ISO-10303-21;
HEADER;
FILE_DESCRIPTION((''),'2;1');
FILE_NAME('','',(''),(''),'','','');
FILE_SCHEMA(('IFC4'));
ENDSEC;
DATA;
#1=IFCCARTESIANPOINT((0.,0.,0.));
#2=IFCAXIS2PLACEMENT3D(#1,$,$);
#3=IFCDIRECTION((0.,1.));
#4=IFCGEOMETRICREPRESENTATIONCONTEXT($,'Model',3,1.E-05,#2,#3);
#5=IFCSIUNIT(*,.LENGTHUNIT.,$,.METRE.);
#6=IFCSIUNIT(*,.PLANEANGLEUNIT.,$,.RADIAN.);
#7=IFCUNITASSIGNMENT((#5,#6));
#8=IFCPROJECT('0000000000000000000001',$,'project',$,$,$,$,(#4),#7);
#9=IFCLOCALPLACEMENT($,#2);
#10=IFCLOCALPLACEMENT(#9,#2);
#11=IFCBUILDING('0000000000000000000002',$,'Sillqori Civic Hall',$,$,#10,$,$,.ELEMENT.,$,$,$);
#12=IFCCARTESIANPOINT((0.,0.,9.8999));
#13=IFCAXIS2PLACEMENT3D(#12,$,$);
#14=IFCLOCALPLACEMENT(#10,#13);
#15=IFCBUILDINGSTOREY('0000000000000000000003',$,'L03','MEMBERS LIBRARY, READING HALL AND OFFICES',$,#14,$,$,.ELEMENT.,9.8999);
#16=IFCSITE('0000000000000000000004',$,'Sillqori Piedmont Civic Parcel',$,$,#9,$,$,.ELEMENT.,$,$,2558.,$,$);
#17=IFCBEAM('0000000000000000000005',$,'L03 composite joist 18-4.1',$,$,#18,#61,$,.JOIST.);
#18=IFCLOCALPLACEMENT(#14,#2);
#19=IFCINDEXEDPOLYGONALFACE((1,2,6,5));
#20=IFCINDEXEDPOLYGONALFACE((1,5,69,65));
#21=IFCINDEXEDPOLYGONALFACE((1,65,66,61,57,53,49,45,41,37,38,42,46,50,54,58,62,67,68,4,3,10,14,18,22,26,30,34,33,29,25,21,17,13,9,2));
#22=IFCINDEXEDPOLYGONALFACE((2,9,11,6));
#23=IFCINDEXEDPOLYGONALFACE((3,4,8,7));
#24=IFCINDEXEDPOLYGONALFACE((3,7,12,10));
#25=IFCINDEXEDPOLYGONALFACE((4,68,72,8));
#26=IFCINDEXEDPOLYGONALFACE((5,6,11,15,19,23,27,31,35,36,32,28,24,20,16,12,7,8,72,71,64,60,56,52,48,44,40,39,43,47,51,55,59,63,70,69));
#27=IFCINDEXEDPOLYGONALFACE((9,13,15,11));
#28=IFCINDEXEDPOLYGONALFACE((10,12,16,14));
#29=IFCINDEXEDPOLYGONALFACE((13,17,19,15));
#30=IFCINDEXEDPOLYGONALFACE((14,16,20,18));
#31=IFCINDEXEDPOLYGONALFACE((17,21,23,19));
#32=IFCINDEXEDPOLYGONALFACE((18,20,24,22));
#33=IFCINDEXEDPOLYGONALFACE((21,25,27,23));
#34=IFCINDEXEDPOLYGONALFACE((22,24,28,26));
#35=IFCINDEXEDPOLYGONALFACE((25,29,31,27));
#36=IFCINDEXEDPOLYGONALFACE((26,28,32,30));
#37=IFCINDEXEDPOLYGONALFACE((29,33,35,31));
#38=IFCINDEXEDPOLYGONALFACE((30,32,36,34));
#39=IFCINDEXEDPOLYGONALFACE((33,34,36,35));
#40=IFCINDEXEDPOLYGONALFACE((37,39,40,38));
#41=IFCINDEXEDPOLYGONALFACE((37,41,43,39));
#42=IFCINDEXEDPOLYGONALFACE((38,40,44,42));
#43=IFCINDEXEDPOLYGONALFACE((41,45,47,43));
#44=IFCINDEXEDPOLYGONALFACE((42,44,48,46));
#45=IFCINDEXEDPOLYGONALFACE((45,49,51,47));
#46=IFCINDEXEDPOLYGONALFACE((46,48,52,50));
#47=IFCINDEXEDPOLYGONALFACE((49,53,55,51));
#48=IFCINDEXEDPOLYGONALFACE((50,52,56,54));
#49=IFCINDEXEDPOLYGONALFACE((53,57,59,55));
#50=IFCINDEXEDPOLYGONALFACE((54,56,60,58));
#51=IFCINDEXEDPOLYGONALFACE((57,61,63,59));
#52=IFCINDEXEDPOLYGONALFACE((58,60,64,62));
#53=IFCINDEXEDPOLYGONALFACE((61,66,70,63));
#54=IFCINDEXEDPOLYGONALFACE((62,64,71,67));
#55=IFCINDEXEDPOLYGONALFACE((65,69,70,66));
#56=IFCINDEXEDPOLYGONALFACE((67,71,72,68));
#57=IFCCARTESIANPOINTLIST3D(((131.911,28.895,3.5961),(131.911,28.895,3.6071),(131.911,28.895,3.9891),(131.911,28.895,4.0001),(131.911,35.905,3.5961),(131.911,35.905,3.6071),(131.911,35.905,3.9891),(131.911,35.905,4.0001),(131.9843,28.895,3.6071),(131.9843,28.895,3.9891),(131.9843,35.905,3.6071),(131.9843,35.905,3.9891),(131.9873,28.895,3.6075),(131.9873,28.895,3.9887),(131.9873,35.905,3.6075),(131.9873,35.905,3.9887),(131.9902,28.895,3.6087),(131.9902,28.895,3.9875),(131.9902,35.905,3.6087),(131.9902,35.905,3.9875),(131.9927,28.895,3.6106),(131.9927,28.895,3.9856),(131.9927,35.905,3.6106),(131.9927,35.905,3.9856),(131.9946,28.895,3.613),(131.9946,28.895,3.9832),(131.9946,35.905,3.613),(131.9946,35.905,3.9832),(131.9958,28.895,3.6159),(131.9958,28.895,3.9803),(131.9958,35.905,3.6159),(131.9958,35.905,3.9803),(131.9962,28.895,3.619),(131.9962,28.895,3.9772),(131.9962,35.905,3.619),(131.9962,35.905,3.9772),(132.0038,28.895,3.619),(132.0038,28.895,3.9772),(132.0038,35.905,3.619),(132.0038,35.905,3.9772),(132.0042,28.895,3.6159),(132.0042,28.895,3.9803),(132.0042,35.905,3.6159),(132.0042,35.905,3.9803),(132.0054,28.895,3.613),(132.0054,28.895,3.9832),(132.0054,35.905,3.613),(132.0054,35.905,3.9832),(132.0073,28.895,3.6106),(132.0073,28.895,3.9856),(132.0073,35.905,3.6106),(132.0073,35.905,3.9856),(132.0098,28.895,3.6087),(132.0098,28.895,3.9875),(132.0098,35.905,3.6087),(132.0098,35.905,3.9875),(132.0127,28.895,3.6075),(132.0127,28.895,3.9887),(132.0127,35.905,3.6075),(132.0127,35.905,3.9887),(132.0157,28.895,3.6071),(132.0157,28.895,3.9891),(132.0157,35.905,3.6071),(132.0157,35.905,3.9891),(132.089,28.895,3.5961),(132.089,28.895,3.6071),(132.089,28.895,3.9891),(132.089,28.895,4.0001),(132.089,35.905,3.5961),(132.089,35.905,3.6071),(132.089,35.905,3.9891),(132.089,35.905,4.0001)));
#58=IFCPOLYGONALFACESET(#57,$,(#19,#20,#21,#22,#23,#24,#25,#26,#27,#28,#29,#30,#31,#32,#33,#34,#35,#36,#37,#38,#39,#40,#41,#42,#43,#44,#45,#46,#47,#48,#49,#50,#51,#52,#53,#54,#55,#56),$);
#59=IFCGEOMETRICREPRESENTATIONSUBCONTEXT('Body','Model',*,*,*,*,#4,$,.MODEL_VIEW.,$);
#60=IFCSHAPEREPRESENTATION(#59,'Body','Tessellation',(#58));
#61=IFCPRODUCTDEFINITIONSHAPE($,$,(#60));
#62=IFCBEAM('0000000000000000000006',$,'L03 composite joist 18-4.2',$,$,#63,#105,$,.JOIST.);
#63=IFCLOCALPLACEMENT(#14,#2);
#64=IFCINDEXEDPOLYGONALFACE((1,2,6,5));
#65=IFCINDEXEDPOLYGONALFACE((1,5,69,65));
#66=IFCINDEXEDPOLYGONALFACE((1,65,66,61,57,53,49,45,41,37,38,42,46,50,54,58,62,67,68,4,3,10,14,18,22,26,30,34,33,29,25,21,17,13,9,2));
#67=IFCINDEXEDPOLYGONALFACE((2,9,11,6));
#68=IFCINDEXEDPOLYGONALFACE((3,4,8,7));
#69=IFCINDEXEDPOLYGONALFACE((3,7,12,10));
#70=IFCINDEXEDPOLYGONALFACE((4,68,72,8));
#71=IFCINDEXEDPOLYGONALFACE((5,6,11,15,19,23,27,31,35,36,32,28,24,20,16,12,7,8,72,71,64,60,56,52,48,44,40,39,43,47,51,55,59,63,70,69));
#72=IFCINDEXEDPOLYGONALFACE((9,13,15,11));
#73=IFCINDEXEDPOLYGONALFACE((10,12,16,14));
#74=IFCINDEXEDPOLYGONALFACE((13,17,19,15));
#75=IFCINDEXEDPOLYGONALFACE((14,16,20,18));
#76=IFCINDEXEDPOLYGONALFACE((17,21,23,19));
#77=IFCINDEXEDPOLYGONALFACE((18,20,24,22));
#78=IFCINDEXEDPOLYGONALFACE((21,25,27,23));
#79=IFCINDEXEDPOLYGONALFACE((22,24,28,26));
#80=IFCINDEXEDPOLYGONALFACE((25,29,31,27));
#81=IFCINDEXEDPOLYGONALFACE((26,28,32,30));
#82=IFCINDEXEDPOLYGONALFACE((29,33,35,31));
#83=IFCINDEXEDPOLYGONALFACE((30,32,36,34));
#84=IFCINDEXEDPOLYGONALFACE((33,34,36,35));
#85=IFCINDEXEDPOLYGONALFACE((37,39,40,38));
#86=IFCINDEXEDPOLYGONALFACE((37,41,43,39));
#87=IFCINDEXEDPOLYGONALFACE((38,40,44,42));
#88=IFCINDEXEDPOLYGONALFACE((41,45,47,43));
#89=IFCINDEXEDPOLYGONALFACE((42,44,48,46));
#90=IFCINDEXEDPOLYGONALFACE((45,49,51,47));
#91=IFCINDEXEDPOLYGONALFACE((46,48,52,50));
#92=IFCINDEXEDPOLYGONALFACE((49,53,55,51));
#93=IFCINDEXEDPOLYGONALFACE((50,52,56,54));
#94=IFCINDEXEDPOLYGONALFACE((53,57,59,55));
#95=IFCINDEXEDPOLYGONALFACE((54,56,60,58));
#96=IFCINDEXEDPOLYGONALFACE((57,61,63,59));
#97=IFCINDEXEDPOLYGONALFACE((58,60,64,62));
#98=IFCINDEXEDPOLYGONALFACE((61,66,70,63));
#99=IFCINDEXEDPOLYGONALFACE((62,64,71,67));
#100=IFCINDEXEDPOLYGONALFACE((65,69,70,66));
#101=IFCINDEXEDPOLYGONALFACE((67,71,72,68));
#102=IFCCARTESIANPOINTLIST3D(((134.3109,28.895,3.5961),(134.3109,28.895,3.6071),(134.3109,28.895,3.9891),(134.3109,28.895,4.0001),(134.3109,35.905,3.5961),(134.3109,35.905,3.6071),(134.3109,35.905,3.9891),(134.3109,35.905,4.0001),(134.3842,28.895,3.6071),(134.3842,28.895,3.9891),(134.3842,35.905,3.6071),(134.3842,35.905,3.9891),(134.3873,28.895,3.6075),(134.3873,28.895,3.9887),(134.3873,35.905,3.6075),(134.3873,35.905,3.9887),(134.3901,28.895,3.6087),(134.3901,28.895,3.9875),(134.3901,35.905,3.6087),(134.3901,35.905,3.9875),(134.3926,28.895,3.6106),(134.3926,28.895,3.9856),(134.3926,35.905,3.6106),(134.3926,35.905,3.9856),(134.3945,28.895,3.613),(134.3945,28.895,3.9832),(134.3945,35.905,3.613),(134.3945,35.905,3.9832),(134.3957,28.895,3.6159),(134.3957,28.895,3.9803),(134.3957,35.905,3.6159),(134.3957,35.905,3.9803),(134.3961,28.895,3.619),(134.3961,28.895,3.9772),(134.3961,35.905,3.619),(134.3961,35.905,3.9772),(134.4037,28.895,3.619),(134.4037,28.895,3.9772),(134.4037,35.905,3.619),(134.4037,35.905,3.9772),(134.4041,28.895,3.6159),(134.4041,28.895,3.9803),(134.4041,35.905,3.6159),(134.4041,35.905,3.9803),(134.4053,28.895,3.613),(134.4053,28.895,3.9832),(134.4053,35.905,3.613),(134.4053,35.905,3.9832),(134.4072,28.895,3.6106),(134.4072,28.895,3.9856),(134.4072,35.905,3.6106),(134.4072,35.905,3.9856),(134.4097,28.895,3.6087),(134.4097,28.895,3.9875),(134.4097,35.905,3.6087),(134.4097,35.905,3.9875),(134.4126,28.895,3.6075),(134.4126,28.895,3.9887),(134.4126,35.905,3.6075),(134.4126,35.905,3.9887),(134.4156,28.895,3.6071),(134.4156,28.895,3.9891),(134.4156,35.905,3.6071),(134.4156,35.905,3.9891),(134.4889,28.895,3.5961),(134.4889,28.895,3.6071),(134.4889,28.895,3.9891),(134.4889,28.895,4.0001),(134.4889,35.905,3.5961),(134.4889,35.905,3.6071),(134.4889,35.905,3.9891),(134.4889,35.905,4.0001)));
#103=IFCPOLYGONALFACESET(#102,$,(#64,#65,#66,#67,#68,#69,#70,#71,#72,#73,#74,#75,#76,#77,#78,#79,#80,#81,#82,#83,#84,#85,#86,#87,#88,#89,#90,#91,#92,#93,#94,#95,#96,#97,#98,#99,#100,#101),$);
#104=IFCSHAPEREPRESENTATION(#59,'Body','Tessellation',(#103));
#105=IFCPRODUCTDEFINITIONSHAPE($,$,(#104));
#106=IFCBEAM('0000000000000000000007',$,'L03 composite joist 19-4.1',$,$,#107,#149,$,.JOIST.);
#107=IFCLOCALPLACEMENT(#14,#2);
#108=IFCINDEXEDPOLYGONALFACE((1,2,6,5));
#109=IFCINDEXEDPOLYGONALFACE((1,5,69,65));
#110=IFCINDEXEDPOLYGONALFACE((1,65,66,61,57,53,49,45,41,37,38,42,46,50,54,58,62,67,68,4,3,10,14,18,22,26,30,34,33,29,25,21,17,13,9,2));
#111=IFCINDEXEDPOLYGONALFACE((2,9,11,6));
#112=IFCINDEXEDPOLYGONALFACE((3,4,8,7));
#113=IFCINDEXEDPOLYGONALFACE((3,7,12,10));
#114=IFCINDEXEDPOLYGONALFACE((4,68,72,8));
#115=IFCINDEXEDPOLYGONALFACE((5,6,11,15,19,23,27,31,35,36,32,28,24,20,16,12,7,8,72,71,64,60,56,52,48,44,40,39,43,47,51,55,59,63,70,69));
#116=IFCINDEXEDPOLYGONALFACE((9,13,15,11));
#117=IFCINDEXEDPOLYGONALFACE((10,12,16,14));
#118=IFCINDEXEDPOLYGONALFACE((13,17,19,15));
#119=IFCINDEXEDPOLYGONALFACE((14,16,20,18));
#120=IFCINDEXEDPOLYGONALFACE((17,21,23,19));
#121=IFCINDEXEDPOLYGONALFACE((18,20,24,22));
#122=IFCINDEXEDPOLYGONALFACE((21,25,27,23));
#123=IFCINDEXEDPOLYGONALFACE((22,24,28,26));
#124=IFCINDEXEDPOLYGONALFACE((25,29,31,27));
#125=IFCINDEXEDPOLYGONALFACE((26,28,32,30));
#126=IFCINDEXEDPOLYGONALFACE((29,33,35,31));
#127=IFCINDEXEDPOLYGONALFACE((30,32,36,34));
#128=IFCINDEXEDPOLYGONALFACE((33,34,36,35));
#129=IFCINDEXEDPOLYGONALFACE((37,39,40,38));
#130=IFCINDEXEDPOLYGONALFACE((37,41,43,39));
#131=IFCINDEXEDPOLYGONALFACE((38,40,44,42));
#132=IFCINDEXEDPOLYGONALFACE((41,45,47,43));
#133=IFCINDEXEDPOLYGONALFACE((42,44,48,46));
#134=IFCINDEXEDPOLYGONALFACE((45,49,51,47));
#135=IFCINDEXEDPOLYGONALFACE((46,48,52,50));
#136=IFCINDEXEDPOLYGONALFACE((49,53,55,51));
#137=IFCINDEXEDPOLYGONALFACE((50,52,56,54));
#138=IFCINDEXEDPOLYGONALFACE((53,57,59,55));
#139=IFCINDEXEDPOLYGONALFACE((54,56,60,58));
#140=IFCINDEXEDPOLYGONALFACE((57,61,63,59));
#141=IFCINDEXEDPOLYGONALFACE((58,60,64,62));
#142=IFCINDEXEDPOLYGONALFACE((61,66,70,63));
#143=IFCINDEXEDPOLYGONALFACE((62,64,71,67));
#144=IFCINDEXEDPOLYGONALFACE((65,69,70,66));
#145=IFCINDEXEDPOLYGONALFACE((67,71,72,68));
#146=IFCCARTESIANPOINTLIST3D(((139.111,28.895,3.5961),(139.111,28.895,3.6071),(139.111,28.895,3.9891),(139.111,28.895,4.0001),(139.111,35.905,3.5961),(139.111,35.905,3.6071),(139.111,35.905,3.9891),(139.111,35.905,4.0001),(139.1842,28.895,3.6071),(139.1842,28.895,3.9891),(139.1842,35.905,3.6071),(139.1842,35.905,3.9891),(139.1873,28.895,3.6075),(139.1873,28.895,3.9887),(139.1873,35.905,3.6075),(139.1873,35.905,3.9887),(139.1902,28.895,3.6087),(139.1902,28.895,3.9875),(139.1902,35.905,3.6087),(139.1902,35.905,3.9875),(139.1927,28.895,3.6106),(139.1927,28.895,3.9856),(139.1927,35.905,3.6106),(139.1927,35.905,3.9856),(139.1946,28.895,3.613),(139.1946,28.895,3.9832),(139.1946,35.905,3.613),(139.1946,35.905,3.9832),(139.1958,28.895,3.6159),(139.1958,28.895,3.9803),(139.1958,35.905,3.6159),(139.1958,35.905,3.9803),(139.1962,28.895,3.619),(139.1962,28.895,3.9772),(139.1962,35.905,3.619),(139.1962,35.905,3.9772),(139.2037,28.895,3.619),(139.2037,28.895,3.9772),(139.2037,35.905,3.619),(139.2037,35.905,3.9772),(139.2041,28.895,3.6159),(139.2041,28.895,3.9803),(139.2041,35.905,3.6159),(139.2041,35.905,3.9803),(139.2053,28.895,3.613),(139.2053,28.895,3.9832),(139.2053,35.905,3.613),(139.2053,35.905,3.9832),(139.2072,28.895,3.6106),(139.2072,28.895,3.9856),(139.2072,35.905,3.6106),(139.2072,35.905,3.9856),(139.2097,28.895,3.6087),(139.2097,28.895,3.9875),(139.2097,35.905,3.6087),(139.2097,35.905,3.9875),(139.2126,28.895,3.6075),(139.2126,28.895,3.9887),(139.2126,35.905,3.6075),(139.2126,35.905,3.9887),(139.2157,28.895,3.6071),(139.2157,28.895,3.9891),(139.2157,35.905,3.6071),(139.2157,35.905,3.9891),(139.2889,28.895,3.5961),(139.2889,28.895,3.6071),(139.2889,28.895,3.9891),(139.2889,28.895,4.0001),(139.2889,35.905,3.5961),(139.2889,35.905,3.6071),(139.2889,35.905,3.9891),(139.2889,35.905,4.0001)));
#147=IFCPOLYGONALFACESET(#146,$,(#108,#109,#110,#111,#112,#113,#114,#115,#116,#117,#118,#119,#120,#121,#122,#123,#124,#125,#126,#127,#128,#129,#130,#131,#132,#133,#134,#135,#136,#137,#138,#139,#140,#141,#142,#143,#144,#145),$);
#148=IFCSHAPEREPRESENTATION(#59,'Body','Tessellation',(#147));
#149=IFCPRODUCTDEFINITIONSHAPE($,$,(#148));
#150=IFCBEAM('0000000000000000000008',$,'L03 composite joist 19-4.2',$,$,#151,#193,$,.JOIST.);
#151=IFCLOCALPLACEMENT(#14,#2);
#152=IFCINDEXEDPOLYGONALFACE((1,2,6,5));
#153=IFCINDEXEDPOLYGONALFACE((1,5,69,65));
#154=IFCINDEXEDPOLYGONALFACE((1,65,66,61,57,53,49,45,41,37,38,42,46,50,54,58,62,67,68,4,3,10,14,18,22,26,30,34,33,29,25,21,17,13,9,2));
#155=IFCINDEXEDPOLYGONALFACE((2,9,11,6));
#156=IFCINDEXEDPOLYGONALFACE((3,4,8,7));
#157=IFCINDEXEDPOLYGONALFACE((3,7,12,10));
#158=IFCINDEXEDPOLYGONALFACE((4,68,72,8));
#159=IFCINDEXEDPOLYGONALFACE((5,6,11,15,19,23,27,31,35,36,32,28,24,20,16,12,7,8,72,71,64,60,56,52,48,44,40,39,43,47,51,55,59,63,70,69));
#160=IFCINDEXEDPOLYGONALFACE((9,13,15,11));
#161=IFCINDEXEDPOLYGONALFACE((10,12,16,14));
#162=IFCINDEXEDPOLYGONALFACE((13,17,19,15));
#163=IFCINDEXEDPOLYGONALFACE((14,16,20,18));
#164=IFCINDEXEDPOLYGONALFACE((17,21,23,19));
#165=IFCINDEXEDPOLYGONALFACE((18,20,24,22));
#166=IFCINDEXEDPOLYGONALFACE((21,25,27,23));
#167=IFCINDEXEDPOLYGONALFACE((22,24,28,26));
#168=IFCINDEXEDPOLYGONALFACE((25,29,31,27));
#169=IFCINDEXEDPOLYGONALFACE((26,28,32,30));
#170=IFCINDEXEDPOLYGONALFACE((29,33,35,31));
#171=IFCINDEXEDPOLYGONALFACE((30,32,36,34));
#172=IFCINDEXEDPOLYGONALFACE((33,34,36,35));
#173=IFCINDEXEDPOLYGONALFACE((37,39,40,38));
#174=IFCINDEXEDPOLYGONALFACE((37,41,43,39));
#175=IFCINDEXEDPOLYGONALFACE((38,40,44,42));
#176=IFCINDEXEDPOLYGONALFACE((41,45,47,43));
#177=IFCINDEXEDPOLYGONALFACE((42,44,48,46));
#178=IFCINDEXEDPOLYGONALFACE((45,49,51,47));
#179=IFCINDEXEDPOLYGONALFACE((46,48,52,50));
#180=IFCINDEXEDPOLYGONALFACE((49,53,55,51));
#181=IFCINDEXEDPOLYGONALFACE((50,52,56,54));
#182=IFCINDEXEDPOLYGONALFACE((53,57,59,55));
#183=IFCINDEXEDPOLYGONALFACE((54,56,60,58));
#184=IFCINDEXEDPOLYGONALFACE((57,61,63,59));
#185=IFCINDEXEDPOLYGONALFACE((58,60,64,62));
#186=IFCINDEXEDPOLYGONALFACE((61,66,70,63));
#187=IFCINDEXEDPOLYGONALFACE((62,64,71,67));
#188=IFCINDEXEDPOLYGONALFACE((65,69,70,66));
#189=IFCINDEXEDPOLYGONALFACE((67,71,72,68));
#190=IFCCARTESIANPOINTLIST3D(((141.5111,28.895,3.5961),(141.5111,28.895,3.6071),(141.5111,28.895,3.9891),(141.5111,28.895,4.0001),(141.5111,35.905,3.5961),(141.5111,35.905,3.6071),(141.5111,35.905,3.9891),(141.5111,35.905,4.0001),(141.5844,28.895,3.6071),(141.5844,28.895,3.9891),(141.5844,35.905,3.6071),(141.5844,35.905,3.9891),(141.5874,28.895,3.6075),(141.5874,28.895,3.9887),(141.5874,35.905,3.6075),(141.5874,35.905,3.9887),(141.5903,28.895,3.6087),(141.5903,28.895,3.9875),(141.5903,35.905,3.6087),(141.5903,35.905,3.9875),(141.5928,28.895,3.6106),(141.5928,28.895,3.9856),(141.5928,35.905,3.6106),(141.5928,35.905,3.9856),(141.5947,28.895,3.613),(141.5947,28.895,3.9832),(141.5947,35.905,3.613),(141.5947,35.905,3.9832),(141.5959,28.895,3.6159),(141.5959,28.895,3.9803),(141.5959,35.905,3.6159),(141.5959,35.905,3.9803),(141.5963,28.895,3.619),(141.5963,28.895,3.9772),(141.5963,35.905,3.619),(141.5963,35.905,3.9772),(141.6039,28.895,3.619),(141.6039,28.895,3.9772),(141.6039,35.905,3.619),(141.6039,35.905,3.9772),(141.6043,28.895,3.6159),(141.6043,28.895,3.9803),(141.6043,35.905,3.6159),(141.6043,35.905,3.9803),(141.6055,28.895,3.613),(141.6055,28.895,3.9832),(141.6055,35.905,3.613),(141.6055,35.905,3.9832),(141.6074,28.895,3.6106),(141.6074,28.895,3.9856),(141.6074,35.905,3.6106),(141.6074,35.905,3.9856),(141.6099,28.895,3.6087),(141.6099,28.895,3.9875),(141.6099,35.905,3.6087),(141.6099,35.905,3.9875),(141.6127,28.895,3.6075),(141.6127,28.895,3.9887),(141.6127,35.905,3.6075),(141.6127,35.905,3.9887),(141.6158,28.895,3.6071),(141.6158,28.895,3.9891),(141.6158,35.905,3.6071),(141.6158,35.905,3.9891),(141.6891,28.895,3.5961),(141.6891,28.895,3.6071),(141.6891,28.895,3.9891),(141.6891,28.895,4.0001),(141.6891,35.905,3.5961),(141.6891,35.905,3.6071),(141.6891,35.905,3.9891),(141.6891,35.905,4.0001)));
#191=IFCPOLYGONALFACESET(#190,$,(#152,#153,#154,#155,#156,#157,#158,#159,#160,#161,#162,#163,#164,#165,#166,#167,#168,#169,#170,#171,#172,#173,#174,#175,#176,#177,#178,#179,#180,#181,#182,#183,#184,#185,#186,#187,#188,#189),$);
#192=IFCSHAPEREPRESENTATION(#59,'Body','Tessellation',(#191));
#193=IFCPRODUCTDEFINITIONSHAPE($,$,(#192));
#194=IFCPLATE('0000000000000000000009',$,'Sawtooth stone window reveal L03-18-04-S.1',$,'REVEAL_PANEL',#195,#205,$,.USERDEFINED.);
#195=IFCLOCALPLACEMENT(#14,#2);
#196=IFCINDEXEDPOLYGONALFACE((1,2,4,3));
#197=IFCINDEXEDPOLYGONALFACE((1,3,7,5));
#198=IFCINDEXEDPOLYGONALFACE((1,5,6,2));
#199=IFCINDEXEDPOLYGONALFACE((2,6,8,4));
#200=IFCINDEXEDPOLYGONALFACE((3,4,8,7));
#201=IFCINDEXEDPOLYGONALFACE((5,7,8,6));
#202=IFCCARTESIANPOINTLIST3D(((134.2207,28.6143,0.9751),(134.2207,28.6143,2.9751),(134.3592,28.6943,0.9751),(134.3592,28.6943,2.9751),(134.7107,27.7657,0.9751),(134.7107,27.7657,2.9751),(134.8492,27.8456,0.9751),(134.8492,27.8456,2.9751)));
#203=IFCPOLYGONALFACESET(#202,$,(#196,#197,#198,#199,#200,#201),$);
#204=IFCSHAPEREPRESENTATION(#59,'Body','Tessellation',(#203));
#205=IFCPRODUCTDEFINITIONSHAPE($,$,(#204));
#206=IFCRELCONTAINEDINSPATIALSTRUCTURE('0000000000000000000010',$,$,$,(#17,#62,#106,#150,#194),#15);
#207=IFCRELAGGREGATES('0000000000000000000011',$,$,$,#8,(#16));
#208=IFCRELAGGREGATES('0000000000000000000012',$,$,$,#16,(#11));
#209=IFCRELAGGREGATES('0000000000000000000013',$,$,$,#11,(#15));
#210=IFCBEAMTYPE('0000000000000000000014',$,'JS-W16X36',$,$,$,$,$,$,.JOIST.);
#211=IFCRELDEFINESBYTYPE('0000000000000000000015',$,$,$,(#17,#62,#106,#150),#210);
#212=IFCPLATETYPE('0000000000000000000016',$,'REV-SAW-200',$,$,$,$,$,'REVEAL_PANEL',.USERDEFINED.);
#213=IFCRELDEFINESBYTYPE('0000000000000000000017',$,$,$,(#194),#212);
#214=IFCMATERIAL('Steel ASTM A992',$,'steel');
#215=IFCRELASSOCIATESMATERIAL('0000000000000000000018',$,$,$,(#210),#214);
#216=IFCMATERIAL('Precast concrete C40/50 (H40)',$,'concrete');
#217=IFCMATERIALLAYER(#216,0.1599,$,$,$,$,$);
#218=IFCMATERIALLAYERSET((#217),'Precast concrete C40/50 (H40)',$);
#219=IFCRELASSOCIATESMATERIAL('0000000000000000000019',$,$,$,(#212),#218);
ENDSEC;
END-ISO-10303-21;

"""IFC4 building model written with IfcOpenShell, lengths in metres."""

from ifc_helpers import new_model, si_unit, direction, frame, origin, origin_2d, place, context, subcontext, project, spatial, rectangle, i_section, extrude, material, layer, layer_set, material_profile, profile_set, type_object, element, save


model = new_model("IFC4")

# Units and contexts
model_context = context("Model", 3, precision=1e-05, world=origin(), true_north=direction((0.0, 1.0)))
body_context = subcontext(model_context, "Body", "Model", "MODEL_VIEW")
ifc_project = project(units=[si_unit("LENGTHUNIT", "METRE"), si_unit("PLANEANGLEUNIT", "RADIAN")], contexts=[model_context])

# Site, building, storey
site_placement = place(None, origin())
site = spatial("IfcSite", under=ifc_project, at=site_placement, Name="Sillqori Piedmont Civic Parcel", CompositionType="ELEMENT", RefElevation=2558.0)
building_placement = place(site_placement, origin())
building = spatial("IfcBuilding", under=site, at=building_placement, Name="Sillqori Civic Hall", CompositionType="ELEMENT")
storey_placement = place(building_placement, frame((0.0, 0.0, 9.8999)))
storey = spatial("IfcBuildingStorey", under=building, at=storey_placement, Name="L03", Description="MEMBERS LIBRARY, READING HALL AND OFFICES", CompositionType="ELEMENT", Elevation=9.8999)

# Shared definitions
ifc_material_1 = material(Name="Steel ASTM A992", Category="steel")

# Beams
ifc_material_profile_1 = material_profile(ifc_material_1, i_section(OverallWidth=0.178, OverallDepth=0.4041, WebThickness=0.0076, FlangeThickness=0.011, FilletRadius=0.012, at=origin_2d()), Name="W16X36")
ifc_profile_set_1 = profile_set([ifc_material_profile_1], Name="Steel ASTM A992")
beam_type_1 = type_object("IfcBeamType", Name="JS-W16X36", PredefinedType="JOIST", material=ifc_profile_set_1)
for number, where, z_axis, x_axis, name in (
    (1, (132.0, 28.895, 3.7981), (0.0, 1.0, 0.0), (-1.0, 0.0, 0.0), "L03 composite joist 18-4.1"),
    (2, (134.3999, 28.895, 3.7981), (0.0, 1.0, 0.0), (-1.0, 0.0, 0.0), "L03 composite joist 18-4.2"),
    (3, (139.2, 28.895, 3.7981), (0.0, 1.0, 0.0), (-1.0, 0.0, 0.0), "L03 composite joist 19-4.1"),
    (4, (141.6001, 28.895, 3.7981), (0.0, 1.0, 0.0), (-1.0, 0.0, 0.0), "L03 composite joist 19-4.2"),
):
    element("IfcBeam", number, at=place(storey_placement, frame(where, z_axis=z_axis, x_axis=x_axis)), inside=storey, type_object=beam_type_1, Name=name, PredefinedType="JOIST", context=body_context, shape_type="SweptSolid", body=[
        extrude(i_section(OverallWidth=0.178, OverallDepth=0.4041, WebThickness=0.0076, FlangeThickness=0.011, FilletRadius=0.012, at=origin_2d()), origin(), (0.0, 0.0, 1.0), 7.01),
    ])

# Plate
ifc_material_2 = material(Name="Precast concrete C40/50 (H40)", Category="concrete")
ifc_layer_1 = layer(ifc_material_2, 0.1599)
ifc_layer_set_1 = layer_set([ifc_layer_1], Name="Precast concrete C40/50 (H40)")
plate_type = type_object("IfcPlateType", Name="REV-SAW-200", ElementType="REVEAL_PANEL", PredefinedType="USERDEFINED", material=ifc_layer_set_1)
plate_placement = place(storey_placement, frame((134.5349, 28.23, 0.9751), z_axis=(0.0, 0.0, 1.0), x_axis=(-0.866025, -0.5, 0.0)))
element("IfcPlate", 5, at=plate_placement, inside=storey, type_object=plate_type, Name="Sawtooth stone window reveal L03-18-04-S.1", ObjectType="REVEAL_PANEL", PredefinedType="USERDEFINED", context=body_context, shape_type="SweptSolid", body=[
    extrude(rectangle(XDim=0.1599, YDim=0.98, at=origin_2d()), origin(), (0.0, 0.0, 1.0), 2.0),
])

save(model, "model.ifc")
